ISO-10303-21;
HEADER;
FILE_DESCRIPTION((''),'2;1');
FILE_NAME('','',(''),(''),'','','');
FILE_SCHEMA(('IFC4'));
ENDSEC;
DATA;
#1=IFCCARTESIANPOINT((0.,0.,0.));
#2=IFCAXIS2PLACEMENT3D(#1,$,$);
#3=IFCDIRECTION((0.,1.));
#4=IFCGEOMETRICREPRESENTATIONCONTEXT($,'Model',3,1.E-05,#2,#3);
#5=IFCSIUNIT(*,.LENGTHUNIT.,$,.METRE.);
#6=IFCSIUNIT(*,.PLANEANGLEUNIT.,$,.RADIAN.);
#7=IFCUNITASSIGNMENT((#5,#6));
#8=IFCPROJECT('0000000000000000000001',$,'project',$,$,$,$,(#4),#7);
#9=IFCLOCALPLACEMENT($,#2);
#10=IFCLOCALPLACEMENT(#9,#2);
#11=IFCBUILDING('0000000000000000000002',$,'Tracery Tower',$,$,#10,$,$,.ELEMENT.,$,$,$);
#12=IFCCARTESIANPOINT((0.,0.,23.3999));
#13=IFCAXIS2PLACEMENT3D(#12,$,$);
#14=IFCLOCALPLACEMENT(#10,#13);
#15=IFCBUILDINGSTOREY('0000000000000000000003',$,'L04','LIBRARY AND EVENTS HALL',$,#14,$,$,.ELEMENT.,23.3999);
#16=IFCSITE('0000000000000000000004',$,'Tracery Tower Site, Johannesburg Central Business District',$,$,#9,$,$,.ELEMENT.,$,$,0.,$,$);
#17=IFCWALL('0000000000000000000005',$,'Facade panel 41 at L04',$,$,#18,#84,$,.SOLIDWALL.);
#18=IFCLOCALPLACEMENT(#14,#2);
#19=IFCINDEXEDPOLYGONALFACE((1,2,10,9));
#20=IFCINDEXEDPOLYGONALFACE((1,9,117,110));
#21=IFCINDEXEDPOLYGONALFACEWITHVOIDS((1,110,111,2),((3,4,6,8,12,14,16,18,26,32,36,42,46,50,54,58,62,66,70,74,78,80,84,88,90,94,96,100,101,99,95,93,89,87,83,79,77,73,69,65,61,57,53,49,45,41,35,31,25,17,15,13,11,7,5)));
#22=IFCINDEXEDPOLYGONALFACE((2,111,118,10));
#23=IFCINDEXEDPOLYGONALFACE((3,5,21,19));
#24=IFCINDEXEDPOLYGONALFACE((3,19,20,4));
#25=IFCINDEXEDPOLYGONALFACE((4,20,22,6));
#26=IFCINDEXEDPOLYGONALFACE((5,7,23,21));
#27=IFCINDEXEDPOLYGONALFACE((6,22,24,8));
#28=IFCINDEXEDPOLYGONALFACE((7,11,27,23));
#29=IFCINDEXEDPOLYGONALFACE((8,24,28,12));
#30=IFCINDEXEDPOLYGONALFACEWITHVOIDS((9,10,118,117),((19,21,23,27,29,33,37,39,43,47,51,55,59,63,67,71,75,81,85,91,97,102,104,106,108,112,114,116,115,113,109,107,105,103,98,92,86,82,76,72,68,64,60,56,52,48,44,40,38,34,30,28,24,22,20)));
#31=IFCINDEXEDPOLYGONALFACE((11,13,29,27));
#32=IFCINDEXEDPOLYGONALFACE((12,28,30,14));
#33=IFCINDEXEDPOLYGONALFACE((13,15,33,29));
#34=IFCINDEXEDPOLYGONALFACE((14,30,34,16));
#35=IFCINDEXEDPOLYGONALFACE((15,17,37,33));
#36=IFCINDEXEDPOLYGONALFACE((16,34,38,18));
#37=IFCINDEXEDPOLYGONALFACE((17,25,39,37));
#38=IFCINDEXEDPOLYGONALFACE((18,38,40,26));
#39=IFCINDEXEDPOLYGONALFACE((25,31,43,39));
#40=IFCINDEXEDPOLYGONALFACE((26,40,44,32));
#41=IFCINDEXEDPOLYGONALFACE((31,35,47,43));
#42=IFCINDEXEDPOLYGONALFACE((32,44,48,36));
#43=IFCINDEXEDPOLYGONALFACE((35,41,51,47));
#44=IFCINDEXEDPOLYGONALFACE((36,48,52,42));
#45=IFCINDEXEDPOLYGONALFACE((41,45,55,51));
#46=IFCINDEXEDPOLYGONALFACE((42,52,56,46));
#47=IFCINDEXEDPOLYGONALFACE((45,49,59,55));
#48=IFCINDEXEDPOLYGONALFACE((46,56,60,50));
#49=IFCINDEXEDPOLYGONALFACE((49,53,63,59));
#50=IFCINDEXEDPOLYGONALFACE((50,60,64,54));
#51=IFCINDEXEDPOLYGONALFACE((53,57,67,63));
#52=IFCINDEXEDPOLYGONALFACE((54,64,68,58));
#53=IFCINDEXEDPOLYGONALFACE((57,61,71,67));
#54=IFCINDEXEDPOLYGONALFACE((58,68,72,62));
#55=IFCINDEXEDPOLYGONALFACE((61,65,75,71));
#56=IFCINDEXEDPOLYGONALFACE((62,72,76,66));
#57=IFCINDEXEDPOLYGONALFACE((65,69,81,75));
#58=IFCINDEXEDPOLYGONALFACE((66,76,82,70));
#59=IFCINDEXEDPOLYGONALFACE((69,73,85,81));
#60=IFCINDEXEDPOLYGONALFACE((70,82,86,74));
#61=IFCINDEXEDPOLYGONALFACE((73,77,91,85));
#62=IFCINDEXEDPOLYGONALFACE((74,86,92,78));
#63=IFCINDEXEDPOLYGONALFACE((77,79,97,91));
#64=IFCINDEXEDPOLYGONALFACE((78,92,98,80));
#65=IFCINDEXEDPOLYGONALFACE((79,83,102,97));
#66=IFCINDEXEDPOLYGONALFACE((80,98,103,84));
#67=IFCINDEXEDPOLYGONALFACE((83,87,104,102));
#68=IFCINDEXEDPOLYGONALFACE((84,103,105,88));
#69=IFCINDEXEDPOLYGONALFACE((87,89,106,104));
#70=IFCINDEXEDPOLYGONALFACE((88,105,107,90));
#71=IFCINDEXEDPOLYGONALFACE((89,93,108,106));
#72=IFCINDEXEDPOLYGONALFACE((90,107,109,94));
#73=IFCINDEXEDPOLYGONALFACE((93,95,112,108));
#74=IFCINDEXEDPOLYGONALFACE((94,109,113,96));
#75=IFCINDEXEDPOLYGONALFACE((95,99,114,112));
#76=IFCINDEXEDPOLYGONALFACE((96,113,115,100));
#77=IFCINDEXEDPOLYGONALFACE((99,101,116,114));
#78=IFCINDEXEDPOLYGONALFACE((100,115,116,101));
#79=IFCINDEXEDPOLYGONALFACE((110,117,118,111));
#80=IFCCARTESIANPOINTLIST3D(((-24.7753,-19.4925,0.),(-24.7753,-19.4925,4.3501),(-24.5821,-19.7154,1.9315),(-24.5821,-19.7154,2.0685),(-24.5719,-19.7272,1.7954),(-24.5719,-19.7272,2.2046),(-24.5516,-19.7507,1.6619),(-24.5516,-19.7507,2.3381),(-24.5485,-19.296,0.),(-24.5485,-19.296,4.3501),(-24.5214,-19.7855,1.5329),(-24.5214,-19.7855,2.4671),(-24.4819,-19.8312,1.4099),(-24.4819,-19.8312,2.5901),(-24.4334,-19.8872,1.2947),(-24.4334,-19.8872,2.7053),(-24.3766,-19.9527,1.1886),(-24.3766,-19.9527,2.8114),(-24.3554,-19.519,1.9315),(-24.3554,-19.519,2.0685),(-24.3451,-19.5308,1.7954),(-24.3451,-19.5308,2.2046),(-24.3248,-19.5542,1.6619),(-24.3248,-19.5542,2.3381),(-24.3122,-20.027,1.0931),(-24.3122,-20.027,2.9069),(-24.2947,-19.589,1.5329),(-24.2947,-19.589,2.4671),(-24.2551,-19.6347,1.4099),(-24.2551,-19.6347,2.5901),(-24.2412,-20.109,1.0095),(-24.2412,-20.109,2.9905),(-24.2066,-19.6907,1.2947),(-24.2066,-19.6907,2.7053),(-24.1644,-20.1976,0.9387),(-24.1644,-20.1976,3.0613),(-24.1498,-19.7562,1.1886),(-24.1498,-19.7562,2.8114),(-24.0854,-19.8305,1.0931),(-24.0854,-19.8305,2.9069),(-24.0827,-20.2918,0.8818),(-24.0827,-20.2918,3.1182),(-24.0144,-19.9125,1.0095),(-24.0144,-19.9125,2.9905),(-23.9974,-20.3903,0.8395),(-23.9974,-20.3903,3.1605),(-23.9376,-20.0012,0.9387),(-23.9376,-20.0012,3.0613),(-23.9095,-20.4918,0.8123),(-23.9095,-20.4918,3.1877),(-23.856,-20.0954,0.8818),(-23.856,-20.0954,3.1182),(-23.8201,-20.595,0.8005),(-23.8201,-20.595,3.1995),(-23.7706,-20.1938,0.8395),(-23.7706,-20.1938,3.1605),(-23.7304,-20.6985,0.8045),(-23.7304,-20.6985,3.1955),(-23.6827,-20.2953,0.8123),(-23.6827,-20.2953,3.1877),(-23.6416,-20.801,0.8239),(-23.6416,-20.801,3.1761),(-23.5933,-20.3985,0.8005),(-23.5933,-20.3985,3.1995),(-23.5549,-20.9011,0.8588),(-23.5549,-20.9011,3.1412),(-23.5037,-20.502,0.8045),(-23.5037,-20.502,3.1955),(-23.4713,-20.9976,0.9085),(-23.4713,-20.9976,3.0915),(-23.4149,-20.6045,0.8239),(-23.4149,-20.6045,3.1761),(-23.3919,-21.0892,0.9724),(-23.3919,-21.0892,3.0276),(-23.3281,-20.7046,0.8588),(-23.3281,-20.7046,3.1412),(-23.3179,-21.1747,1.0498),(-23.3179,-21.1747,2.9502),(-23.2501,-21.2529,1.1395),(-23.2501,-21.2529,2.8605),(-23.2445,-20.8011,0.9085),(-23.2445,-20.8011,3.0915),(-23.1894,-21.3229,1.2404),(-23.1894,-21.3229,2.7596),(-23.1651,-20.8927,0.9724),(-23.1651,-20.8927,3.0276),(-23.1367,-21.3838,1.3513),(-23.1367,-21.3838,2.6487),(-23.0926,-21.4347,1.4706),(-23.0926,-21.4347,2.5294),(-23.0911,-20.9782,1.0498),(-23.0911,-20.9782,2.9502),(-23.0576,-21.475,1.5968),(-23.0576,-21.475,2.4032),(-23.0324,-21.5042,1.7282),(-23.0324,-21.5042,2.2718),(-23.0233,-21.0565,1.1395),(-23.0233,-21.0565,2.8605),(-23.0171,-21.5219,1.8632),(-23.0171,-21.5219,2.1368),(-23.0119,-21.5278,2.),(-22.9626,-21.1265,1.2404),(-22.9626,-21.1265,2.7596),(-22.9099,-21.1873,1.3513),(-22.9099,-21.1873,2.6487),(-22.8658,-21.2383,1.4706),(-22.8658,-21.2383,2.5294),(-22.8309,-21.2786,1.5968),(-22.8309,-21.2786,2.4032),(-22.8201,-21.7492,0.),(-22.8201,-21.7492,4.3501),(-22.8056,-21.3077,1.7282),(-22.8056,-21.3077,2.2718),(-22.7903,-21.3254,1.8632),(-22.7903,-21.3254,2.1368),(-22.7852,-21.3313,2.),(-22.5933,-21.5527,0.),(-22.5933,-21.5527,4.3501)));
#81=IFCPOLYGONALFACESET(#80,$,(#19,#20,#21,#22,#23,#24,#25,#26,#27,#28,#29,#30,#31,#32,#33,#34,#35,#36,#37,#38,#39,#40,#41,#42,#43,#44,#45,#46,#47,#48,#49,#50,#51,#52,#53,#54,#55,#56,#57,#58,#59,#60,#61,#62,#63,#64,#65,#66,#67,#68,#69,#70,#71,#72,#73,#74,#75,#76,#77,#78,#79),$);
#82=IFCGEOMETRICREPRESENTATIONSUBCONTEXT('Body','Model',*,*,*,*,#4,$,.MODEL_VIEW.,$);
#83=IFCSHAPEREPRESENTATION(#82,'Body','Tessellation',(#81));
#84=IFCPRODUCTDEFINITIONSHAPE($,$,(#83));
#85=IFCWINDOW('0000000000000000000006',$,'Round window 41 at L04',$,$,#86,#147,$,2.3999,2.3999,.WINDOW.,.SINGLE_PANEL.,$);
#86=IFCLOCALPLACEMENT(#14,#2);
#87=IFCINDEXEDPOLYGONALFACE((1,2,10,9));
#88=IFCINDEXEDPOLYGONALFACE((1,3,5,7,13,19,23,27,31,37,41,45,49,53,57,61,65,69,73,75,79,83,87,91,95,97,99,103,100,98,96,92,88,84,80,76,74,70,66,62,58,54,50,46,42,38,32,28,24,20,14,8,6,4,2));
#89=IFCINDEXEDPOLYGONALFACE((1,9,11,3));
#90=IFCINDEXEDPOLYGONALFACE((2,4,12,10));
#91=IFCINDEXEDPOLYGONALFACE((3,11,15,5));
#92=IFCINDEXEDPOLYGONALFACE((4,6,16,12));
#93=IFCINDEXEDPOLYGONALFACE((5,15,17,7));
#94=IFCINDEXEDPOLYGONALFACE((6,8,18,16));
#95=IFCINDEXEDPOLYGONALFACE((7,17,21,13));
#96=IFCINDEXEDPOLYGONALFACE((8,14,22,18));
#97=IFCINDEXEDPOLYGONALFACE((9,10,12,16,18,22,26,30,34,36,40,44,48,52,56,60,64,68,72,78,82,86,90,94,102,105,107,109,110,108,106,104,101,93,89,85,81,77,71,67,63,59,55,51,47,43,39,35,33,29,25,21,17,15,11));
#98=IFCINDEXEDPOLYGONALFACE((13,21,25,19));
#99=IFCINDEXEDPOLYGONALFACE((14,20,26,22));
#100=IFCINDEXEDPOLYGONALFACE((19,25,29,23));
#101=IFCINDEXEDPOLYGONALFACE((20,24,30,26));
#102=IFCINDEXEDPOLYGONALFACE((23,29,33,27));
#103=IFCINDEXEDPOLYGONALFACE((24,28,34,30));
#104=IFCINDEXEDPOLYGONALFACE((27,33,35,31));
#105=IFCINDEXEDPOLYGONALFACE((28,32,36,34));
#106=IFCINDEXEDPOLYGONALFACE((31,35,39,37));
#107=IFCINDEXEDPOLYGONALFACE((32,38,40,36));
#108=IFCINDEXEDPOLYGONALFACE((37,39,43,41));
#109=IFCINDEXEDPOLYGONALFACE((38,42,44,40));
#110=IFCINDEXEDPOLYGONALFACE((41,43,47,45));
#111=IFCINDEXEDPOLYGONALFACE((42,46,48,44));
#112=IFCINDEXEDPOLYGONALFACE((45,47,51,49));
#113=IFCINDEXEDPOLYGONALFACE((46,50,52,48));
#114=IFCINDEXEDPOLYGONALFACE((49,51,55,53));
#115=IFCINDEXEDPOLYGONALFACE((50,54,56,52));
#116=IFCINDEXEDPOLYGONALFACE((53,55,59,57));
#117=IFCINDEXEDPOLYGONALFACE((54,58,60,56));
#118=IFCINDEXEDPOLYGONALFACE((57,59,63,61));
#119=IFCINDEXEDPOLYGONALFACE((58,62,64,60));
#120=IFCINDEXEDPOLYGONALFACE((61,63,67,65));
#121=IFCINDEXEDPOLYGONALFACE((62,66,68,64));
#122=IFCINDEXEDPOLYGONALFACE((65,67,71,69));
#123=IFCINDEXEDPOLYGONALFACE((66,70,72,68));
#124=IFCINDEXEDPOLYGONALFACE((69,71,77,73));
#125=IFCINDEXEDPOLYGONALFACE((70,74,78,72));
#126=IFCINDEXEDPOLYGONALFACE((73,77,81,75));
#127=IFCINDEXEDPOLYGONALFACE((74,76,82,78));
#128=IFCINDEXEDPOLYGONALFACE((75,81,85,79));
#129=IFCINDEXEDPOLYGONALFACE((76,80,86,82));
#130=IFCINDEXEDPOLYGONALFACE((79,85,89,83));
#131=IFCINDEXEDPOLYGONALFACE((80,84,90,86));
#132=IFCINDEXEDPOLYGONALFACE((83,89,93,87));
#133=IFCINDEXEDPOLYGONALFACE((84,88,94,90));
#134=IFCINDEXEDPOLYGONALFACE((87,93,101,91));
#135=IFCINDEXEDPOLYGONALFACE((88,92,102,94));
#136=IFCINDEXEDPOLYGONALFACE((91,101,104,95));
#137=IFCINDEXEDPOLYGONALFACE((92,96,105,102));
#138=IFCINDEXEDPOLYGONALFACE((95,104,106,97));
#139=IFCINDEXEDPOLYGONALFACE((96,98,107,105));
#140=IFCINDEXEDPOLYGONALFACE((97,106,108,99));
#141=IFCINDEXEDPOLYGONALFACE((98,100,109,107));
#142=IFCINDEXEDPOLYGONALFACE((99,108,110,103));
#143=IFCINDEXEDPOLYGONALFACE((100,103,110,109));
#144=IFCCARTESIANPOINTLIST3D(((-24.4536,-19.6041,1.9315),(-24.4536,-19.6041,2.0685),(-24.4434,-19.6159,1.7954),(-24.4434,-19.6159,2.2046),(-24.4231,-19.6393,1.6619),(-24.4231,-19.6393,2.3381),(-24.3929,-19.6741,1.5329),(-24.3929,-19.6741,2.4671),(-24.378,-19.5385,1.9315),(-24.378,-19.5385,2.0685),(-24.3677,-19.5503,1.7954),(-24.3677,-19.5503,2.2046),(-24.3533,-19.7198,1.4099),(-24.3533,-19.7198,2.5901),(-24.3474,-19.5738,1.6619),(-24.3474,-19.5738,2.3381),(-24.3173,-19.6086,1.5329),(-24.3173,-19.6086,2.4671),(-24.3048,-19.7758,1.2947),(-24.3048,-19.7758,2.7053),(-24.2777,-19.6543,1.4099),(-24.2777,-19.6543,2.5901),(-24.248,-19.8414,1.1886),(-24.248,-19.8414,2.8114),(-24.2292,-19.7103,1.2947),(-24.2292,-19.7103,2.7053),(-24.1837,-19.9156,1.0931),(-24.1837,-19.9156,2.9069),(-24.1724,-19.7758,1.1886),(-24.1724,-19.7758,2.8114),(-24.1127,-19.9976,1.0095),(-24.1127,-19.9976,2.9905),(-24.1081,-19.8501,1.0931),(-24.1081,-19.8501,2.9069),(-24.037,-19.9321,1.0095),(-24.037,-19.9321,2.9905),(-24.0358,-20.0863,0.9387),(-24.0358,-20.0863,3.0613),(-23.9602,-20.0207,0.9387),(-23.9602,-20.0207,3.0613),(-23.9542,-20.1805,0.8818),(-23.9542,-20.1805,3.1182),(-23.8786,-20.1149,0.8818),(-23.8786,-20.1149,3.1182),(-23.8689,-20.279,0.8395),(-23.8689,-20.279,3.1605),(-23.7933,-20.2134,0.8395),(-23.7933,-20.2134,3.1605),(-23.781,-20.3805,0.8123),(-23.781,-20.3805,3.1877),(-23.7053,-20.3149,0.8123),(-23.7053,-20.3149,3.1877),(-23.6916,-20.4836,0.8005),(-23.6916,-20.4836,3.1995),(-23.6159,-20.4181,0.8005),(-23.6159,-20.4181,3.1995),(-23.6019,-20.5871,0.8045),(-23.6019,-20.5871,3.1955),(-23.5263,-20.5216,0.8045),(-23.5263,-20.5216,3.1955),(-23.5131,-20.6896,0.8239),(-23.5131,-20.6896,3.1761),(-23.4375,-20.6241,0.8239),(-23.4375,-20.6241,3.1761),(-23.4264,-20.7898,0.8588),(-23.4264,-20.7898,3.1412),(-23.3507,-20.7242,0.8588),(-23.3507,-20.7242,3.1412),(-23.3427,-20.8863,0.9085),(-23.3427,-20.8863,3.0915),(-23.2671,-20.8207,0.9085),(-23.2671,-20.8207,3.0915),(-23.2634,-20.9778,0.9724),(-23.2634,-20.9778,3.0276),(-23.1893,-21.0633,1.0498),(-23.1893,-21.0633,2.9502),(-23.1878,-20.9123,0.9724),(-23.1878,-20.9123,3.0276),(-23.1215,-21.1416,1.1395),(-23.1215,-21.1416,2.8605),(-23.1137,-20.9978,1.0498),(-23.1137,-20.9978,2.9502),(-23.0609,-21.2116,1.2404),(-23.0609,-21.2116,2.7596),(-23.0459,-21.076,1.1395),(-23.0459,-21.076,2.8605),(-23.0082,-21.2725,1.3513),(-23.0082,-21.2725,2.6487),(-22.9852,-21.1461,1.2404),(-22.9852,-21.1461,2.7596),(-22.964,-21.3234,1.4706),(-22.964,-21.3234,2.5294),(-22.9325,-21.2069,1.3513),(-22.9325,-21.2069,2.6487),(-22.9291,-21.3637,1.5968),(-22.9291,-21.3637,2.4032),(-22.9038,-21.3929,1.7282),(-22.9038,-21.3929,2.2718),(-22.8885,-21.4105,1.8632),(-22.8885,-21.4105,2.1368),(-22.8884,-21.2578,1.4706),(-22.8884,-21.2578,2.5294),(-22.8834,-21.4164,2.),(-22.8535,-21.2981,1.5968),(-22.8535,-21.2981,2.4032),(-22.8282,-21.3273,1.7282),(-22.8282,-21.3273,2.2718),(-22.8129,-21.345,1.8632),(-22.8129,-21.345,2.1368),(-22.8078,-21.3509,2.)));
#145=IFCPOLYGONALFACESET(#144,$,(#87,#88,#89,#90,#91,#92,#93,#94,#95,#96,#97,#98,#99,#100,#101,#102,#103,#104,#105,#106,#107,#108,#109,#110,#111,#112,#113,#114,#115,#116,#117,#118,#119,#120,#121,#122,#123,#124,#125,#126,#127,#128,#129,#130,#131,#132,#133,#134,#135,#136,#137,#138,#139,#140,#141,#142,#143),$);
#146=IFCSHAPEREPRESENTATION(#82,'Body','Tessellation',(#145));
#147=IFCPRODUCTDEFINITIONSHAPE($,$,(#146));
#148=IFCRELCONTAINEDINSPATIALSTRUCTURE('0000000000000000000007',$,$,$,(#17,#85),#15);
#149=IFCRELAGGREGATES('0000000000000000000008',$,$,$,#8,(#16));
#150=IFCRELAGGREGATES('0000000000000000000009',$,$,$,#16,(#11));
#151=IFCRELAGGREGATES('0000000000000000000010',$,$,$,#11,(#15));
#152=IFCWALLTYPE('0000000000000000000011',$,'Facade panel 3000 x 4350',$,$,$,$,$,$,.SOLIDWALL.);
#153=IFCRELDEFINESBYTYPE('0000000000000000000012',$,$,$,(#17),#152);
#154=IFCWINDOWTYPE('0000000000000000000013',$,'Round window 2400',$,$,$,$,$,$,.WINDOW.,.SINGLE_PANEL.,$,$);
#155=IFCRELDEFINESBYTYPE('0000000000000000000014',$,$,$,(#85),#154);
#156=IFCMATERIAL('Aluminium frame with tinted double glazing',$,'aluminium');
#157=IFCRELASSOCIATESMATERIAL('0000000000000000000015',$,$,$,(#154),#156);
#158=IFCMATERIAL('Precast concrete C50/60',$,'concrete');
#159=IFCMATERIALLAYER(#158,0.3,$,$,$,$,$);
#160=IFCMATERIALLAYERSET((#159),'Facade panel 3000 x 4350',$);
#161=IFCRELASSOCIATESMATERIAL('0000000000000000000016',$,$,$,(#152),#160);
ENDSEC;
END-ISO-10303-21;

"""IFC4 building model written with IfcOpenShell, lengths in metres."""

from ifc_helpers import new_model, si_unit, direction, frame, frame_2d, origin, origin_2d, place, context, subcontext, project, spatial, rectangle, circle, extrude, material, layer, layer_set, type_object, element, fill, save


model = new_model("IFC4")

# Units and contexts
model_context = context("Model", 3, precision=1e-05, world=origin(), true_north=direction((0.0, 1.0)))
body_context = subcontext(model_context, "Body", "Model", "MODEL_VIEW")
ifc_project = project(units=[si_unit("LENGTHUNIT", "METRE"), si_unit("PLANEANGLEUNIT", "RADIAN")], contexts=[model_context])

# Site, building, storey
site_placement = place(None, origin())
site = spatial("IfcSite", under=ifc_project, at=site_placement, Name="Tracery Tower Site, Johannesburg Central Business District", CompositionType="ELEMENT", RefElevation=0.0)
building_placement = place(site_placement, origin())
building = spatial("IfcBuilding", under=site, at=building_placement, Name="Tracery Tower", CompositionType="ELEMENT")
storey_placement = place(building_placement, frame((0.0, 0.0, 23.3999)))
storey = spatial("IfcBuildingStorey", under=building, at=storey_placement, Name="L04", Description="LIBRARY AND EVENTS HALL", CompositionType="ELEMENT", Elevation=23.3999)

# Wall, opening, window
ifc_material_1 = material(Name="Aluminium frame with tinted double glazing", Category="aluminium")
window_type = type_object("IfcWindowType", Name="Round window 2400", PartitioningType="SINGLE_PANEL", PredefinedType="WINDOW", material=ifc_material_1)
ifc_material_2 = material(Name="Precast concrete C50/60", Category="concrete")
ifc_layer_1 = layer(ifc_material_2, 0.3)
ifc_layer_set_1 = layer_set([ifc_layer_1], Name="Facade panel 3000 x 4350")
wall_type_1 = type_object("IfcWallType", Name="Facade panel 3000 x 4350", PredefinedType="SOLIDWALL", material=ifc_layer_set_1)
wall_1_placement = place(storey_placement, frame((-24.6619, -19.3943, 0.0), z_axis=(0.0, 0.0, 1.0), x_axis=(0.654809, -0.755794, 0.0)))
wall_1 = element("IfcWall", 1, at=wall_1_placement, inside=storey, type_object=wall_type_1, Name="Facade panel 41 at L04", PredefinedType="SOLIDWALL", context=body_context, shape_type="SweptSolid", body=[
    extrude(rectangle(XDim=2.9858, YDim=0.3, at=frame_2d((1.4929, 0.0))), origin(), (0.0, 0.0, 1.0), 4.3501),
])
opening_1_placement = place(wall_1_placement, frame((1.4929, 0.0, 2.0)))
opening_1 = element("IfcOpeningElement", 2, at=opening_1_placement, cuts=wall_1, PredefinedType="OPENING", context=body_context, shape_type="SweptSolid", body=[
    extrude(circle(Radius=1.2, at=origin_2d()), frame((0.0, 0.1599, 0.0), z_axis=(0.0, -1.0, 0.0), x_axis=(1.0, 0.0, 0.0)), (0.0, 0.0, 1.0), 0.3201),
])
window_1_placement = place(opening_1_placement, origin())
window_1 = element("IfcWindow", 3, at=window_1_placement, inside=storey, type_object=window_type, Name="Round window 41 at L04", OverallHeight=2.3999, OverallWidth=2.3999, PartitioningType="SINGLE_PANEL", PredefinedType="WINDOW", context=body_context, shape_type="SweptSolid", body=[
    extrude(circle(Radius=1.2, at=origin_2d()), frame((0.0, 0.1201, 0.0), z_axis=(0.0, -1.0, 0.0), x_axis=(1.0, 0.0, 0.0)), (0.0, 0.0, 1.0), 0.1001),
])
fill(opening_1, window_1)

save(model, "model.ifc")
